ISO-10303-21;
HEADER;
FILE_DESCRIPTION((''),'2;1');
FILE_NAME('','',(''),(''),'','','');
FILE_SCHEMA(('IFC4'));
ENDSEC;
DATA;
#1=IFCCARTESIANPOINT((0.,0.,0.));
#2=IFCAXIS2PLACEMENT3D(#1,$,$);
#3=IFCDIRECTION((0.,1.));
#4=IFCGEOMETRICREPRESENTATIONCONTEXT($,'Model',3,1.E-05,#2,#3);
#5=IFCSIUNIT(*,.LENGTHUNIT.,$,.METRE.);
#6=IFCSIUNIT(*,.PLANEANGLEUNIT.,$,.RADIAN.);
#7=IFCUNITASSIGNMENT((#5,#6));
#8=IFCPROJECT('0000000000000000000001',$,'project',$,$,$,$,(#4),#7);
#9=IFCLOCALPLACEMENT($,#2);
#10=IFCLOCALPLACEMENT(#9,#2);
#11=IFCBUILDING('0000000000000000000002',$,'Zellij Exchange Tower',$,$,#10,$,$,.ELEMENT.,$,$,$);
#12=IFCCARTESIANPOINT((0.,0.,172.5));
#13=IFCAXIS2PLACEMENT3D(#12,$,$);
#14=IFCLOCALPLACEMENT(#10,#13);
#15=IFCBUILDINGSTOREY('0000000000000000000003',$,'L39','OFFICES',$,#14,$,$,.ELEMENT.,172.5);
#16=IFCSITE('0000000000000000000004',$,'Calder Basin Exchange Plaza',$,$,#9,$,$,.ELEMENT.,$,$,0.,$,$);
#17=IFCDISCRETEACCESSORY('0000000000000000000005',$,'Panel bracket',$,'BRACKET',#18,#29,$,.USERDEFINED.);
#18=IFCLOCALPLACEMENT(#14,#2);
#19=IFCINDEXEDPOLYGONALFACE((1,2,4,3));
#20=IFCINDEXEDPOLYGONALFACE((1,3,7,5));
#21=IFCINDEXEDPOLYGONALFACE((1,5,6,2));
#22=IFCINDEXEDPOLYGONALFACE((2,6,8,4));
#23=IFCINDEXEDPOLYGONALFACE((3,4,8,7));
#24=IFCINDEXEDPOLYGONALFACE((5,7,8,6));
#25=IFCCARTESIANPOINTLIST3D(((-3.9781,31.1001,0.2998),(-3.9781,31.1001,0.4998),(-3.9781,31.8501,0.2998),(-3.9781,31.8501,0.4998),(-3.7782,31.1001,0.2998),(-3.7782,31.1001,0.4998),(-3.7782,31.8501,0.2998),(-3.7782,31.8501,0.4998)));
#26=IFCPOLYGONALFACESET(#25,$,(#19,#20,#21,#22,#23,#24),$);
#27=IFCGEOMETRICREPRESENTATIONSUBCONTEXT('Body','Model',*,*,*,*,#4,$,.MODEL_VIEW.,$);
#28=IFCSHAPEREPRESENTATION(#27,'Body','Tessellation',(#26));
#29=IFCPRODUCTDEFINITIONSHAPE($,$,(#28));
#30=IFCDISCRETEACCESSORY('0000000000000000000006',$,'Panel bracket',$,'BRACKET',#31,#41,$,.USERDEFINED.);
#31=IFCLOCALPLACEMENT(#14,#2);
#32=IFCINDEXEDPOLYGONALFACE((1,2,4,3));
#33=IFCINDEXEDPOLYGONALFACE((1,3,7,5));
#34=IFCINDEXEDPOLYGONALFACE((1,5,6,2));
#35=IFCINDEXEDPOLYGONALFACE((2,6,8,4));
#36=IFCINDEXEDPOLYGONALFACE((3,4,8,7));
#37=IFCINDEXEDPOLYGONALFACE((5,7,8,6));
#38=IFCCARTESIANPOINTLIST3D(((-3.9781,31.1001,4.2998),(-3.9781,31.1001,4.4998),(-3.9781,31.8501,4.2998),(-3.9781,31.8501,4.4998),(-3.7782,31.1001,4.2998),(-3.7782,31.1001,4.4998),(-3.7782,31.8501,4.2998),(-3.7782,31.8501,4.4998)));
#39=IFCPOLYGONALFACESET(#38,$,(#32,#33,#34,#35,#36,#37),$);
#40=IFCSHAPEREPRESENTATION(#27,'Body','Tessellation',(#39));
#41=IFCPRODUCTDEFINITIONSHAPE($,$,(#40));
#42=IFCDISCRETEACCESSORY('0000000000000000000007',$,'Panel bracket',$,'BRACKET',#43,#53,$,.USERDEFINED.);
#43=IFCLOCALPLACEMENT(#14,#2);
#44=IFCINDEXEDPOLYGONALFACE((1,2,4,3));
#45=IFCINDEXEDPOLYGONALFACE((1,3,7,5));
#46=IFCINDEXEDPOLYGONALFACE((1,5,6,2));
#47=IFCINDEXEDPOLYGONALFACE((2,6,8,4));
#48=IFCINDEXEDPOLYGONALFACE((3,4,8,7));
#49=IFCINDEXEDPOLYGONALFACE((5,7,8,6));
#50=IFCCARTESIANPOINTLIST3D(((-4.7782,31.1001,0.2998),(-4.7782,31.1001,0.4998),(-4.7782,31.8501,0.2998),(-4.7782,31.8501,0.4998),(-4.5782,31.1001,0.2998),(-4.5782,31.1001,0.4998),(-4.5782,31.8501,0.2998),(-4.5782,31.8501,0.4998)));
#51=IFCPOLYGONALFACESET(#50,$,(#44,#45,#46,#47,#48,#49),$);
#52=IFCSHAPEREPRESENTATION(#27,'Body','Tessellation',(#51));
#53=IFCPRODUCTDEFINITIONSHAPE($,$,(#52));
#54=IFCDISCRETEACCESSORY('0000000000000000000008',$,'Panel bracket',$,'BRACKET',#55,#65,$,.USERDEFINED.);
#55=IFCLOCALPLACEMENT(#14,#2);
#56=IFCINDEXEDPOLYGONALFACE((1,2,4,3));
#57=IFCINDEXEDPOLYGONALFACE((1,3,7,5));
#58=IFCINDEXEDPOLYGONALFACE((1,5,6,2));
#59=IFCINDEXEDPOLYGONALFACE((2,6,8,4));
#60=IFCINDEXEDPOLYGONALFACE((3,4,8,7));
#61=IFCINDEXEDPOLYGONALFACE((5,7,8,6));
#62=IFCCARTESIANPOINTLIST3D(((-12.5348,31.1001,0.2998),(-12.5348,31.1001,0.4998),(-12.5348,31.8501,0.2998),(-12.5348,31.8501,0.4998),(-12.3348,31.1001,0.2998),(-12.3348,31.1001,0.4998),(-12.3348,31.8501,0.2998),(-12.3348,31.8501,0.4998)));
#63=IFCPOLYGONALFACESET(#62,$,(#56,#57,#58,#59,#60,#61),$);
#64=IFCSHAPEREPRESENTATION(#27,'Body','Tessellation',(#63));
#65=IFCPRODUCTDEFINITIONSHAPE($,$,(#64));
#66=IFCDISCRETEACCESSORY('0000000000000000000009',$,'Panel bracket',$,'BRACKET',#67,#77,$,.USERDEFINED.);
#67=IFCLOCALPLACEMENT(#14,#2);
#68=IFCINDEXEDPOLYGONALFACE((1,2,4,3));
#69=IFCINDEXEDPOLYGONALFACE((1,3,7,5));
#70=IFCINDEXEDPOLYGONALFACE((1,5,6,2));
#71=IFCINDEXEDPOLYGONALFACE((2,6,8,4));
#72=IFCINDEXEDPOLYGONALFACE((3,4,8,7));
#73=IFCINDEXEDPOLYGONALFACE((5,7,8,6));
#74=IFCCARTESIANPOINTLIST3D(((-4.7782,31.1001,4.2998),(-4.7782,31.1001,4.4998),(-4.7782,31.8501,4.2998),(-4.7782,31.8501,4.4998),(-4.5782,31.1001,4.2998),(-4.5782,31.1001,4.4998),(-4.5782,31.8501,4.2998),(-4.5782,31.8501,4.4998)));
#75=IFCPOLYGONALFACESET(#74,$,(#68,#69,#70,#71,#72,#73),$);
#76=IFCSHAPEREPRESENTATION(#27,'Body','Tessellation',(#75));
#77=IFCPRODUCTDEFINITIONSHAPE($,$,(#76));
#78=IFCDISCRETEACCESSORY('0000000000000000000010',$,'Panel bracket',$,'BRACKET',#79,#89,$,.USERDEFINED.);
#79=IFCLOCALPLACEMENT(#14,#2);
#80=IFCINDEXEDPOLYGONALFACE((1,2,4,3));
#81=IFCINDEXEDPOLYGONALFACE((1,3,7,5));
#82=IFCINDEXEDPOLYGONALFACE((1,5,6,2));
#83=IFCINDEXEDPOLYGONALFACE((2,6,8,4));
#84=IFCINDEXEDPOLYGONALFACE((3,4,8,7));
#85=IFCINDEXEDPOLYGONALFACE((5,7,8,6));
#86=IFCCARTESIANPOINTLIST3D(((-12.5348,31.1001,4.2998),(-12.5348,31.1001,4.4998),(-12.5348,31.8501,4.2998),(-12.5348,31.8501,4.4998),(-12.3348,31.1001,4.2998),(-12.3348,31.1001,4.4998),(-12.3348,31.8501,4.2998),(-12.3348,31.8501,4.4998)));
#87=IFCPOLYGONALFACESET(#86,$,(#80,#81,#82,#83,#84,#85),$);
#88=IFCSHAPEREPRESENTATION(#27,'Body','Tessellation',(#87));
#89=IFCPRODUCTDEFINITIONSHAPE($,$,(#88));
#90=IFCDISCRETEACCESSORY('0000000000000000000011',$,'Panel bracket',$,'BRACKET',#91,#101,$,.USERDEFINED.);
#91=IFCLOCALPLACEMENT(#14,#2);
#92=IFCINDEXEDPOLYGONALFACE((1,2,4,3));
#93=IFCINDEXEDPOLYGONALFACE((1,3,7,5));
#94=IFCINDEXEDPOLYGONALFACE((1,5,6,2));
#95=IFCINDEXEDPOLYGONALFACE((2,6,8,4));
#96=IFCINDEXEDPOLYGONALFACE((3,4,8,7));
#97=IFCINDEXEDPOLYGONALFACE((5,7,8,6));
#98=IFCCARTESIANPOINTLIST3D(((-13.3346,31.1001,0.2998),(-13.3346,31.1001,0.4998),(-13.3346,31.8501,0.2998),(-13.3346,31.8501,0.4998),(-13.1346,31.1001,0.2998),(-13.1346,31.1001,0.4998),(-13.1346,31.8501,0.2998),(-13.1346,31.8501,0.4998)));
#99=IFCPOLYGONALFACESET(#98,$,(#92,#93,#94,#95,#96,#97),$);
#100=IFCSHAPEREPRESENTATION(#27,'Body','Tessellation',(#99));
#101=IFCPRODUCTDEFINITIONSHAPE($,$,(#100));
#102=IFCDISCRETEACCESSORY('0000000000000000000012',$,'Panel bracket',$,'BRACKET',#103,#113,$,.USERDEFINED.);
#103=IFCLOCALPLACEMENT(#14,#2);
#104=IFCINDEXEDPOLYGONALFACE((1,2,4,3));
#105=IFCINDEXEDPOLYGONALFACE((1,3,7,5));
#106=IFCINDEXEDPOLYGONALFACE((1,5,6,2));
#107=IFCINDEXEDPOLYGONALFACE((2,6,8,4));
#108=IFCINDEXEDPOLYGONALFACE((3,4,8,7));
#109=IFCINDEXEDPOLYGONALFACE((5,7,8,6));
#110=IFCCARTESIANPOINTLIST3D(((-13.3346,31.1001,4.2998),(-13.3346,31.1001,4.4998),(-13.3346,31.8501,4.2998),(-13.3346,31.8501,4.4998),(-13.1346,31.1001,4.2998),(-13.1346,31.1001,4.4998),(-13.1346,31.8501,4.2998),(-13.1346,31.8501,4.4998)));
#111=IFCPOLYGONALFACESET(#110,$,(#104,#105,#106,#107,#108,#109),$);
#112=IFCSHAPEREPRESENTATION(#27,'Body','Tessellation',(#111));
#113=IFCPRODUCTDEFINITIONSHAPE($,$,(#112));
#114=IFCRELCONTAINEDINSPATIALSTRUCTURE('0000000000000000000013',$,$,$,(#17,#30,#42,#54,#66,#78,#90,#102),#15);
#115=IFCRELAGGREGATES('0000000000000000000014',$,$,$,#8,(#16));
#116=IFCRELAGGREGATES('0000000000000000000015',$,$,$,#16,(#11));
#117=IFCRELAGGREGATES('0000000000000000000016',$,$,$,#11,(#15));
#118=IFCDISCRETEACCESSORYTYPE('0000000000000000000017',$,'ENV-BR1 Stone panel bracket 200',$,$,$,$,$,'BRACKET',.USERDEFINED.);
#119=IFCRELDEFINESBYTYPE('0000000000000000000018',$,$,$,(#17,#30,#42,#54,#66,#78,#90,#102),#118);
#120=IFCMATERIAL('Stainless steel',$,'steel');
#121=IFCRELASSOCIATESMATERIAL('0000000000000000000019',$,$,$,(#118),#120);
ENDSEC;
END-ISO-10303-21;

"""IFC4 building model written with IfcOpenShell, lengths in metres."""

from ifc_helpers import new_model, si_unit, direction, frame, origin, origin_2d, place, context, subcontext, project, spatial, rectangle, extrude, material, type_object, element, save


model = new_model("IFC4")

# Units and contexts
model_context = context("Model", 3, precision=1e-05, world=origin(), true_north=direction((0.0, 1.0)))
body_context = subcontext(model_context, "Body", "Model", "MODEL_VIEW")
ifc_project = project(units=[si_unit("LENGTHUNIT", "METRE"), si_unit("PLANEANGLEUNIT", "RADIAN")], contexts=[model_context])

# Site, building, storey
site_placement = place(None, origin())
site = spatial("IfcSite", under=ifc_project, at=site_placement, Name="Calder Basin Exchange Plaza", CompositionType="ELEMENT", RefElevation=0.0)
building_placement = place(site_placement, origin())
building = spatial("IfcBuilding", under=site, at=building_placement, Name="Zellij Exchange Tower", CompositionType="ELEMENT")
storey_placement = place(building_placement, frame((0.0, 0.0, 172.5)))
storey = spatial("IfcBuildingStorey", under=building, at=storey_placement, Name="L39", Description="OFFICES", CompositionType="ELEMENT", Elevation=172.5)

# Discrete accessories
ifc_material_1 = material(Name="Stainless steel", Category="steel")
discrete_accessory_type = type_object("IfcDiscreteAccessoryType", Name="ENV-BR1 Stone panel bracket 200", ElementType="BRACKET", PredefinedType="USERDEFINED", material=ifc_material_1)
for number, where, z_axis, x_axis, name in (
    (1, (-3.8782, 31.4751, 0.2998), (0.0, 0.0, 1.0), (-1.0, 0.0, 0.0), "Panel bracket"),
    (2, (-3.8782, 31.4751, 4.2998), (0.0, 0.0, 1.0), (-1.0, 0.0, 0.0), "Panel bracket"),
    (3, (-4.6782, 31.4751, 0.2998), (0.0, 0.0, 1.0), (-1.0, 0.0, 0.0), "Panel bracket"),
    (4, (-12.4348, 31.4751, 0.2998), (0.0, 0.0, 1.0), (-1.0, 0.0, 0.0), "Panel bracket"),
    (5, (-4.6782, 31.4751, 4.2998), (0.0, 0.0, 1.0), (-1.0, 0.0, 0.0), "Panel bracket"),
    (6, (-12.4348, 31.4751, 4.2998), (0.0, 0.0, 1.0), (-1.0, 0.0, 0.0), "Panel bracket"),
    (7, (-13.2346, 31.4751, 0.2998), (0.0, 0.0, 1.0), (-1.0, 0.0, 0.0), "Panel bracket"),
    (8, (-13.2346, 31.4751, 4.2998), (0.0, 0.0, 1.0), (-1.0, 0.0, 0.0), "Panel bracket"),
):
    element("IfcDiscreteAccessory", number, at=place(storey_placement, frame(where, z_axis=z_axis, x_axis=x_axis)), inside=storey, type_object=discrete_accessory_type, Name=name, ObjectType="BRACKET", PredefinedType="USERDEFINED", context=body_context, shape_type="SweptSolid", body=[
        extrude(rectangle(XDim=0.2, YDim=0.75, at=origin_2d()), origin(), (0.0, 0.0, 1.0), 0.2),
    ])

save(model, "model.ifc")
